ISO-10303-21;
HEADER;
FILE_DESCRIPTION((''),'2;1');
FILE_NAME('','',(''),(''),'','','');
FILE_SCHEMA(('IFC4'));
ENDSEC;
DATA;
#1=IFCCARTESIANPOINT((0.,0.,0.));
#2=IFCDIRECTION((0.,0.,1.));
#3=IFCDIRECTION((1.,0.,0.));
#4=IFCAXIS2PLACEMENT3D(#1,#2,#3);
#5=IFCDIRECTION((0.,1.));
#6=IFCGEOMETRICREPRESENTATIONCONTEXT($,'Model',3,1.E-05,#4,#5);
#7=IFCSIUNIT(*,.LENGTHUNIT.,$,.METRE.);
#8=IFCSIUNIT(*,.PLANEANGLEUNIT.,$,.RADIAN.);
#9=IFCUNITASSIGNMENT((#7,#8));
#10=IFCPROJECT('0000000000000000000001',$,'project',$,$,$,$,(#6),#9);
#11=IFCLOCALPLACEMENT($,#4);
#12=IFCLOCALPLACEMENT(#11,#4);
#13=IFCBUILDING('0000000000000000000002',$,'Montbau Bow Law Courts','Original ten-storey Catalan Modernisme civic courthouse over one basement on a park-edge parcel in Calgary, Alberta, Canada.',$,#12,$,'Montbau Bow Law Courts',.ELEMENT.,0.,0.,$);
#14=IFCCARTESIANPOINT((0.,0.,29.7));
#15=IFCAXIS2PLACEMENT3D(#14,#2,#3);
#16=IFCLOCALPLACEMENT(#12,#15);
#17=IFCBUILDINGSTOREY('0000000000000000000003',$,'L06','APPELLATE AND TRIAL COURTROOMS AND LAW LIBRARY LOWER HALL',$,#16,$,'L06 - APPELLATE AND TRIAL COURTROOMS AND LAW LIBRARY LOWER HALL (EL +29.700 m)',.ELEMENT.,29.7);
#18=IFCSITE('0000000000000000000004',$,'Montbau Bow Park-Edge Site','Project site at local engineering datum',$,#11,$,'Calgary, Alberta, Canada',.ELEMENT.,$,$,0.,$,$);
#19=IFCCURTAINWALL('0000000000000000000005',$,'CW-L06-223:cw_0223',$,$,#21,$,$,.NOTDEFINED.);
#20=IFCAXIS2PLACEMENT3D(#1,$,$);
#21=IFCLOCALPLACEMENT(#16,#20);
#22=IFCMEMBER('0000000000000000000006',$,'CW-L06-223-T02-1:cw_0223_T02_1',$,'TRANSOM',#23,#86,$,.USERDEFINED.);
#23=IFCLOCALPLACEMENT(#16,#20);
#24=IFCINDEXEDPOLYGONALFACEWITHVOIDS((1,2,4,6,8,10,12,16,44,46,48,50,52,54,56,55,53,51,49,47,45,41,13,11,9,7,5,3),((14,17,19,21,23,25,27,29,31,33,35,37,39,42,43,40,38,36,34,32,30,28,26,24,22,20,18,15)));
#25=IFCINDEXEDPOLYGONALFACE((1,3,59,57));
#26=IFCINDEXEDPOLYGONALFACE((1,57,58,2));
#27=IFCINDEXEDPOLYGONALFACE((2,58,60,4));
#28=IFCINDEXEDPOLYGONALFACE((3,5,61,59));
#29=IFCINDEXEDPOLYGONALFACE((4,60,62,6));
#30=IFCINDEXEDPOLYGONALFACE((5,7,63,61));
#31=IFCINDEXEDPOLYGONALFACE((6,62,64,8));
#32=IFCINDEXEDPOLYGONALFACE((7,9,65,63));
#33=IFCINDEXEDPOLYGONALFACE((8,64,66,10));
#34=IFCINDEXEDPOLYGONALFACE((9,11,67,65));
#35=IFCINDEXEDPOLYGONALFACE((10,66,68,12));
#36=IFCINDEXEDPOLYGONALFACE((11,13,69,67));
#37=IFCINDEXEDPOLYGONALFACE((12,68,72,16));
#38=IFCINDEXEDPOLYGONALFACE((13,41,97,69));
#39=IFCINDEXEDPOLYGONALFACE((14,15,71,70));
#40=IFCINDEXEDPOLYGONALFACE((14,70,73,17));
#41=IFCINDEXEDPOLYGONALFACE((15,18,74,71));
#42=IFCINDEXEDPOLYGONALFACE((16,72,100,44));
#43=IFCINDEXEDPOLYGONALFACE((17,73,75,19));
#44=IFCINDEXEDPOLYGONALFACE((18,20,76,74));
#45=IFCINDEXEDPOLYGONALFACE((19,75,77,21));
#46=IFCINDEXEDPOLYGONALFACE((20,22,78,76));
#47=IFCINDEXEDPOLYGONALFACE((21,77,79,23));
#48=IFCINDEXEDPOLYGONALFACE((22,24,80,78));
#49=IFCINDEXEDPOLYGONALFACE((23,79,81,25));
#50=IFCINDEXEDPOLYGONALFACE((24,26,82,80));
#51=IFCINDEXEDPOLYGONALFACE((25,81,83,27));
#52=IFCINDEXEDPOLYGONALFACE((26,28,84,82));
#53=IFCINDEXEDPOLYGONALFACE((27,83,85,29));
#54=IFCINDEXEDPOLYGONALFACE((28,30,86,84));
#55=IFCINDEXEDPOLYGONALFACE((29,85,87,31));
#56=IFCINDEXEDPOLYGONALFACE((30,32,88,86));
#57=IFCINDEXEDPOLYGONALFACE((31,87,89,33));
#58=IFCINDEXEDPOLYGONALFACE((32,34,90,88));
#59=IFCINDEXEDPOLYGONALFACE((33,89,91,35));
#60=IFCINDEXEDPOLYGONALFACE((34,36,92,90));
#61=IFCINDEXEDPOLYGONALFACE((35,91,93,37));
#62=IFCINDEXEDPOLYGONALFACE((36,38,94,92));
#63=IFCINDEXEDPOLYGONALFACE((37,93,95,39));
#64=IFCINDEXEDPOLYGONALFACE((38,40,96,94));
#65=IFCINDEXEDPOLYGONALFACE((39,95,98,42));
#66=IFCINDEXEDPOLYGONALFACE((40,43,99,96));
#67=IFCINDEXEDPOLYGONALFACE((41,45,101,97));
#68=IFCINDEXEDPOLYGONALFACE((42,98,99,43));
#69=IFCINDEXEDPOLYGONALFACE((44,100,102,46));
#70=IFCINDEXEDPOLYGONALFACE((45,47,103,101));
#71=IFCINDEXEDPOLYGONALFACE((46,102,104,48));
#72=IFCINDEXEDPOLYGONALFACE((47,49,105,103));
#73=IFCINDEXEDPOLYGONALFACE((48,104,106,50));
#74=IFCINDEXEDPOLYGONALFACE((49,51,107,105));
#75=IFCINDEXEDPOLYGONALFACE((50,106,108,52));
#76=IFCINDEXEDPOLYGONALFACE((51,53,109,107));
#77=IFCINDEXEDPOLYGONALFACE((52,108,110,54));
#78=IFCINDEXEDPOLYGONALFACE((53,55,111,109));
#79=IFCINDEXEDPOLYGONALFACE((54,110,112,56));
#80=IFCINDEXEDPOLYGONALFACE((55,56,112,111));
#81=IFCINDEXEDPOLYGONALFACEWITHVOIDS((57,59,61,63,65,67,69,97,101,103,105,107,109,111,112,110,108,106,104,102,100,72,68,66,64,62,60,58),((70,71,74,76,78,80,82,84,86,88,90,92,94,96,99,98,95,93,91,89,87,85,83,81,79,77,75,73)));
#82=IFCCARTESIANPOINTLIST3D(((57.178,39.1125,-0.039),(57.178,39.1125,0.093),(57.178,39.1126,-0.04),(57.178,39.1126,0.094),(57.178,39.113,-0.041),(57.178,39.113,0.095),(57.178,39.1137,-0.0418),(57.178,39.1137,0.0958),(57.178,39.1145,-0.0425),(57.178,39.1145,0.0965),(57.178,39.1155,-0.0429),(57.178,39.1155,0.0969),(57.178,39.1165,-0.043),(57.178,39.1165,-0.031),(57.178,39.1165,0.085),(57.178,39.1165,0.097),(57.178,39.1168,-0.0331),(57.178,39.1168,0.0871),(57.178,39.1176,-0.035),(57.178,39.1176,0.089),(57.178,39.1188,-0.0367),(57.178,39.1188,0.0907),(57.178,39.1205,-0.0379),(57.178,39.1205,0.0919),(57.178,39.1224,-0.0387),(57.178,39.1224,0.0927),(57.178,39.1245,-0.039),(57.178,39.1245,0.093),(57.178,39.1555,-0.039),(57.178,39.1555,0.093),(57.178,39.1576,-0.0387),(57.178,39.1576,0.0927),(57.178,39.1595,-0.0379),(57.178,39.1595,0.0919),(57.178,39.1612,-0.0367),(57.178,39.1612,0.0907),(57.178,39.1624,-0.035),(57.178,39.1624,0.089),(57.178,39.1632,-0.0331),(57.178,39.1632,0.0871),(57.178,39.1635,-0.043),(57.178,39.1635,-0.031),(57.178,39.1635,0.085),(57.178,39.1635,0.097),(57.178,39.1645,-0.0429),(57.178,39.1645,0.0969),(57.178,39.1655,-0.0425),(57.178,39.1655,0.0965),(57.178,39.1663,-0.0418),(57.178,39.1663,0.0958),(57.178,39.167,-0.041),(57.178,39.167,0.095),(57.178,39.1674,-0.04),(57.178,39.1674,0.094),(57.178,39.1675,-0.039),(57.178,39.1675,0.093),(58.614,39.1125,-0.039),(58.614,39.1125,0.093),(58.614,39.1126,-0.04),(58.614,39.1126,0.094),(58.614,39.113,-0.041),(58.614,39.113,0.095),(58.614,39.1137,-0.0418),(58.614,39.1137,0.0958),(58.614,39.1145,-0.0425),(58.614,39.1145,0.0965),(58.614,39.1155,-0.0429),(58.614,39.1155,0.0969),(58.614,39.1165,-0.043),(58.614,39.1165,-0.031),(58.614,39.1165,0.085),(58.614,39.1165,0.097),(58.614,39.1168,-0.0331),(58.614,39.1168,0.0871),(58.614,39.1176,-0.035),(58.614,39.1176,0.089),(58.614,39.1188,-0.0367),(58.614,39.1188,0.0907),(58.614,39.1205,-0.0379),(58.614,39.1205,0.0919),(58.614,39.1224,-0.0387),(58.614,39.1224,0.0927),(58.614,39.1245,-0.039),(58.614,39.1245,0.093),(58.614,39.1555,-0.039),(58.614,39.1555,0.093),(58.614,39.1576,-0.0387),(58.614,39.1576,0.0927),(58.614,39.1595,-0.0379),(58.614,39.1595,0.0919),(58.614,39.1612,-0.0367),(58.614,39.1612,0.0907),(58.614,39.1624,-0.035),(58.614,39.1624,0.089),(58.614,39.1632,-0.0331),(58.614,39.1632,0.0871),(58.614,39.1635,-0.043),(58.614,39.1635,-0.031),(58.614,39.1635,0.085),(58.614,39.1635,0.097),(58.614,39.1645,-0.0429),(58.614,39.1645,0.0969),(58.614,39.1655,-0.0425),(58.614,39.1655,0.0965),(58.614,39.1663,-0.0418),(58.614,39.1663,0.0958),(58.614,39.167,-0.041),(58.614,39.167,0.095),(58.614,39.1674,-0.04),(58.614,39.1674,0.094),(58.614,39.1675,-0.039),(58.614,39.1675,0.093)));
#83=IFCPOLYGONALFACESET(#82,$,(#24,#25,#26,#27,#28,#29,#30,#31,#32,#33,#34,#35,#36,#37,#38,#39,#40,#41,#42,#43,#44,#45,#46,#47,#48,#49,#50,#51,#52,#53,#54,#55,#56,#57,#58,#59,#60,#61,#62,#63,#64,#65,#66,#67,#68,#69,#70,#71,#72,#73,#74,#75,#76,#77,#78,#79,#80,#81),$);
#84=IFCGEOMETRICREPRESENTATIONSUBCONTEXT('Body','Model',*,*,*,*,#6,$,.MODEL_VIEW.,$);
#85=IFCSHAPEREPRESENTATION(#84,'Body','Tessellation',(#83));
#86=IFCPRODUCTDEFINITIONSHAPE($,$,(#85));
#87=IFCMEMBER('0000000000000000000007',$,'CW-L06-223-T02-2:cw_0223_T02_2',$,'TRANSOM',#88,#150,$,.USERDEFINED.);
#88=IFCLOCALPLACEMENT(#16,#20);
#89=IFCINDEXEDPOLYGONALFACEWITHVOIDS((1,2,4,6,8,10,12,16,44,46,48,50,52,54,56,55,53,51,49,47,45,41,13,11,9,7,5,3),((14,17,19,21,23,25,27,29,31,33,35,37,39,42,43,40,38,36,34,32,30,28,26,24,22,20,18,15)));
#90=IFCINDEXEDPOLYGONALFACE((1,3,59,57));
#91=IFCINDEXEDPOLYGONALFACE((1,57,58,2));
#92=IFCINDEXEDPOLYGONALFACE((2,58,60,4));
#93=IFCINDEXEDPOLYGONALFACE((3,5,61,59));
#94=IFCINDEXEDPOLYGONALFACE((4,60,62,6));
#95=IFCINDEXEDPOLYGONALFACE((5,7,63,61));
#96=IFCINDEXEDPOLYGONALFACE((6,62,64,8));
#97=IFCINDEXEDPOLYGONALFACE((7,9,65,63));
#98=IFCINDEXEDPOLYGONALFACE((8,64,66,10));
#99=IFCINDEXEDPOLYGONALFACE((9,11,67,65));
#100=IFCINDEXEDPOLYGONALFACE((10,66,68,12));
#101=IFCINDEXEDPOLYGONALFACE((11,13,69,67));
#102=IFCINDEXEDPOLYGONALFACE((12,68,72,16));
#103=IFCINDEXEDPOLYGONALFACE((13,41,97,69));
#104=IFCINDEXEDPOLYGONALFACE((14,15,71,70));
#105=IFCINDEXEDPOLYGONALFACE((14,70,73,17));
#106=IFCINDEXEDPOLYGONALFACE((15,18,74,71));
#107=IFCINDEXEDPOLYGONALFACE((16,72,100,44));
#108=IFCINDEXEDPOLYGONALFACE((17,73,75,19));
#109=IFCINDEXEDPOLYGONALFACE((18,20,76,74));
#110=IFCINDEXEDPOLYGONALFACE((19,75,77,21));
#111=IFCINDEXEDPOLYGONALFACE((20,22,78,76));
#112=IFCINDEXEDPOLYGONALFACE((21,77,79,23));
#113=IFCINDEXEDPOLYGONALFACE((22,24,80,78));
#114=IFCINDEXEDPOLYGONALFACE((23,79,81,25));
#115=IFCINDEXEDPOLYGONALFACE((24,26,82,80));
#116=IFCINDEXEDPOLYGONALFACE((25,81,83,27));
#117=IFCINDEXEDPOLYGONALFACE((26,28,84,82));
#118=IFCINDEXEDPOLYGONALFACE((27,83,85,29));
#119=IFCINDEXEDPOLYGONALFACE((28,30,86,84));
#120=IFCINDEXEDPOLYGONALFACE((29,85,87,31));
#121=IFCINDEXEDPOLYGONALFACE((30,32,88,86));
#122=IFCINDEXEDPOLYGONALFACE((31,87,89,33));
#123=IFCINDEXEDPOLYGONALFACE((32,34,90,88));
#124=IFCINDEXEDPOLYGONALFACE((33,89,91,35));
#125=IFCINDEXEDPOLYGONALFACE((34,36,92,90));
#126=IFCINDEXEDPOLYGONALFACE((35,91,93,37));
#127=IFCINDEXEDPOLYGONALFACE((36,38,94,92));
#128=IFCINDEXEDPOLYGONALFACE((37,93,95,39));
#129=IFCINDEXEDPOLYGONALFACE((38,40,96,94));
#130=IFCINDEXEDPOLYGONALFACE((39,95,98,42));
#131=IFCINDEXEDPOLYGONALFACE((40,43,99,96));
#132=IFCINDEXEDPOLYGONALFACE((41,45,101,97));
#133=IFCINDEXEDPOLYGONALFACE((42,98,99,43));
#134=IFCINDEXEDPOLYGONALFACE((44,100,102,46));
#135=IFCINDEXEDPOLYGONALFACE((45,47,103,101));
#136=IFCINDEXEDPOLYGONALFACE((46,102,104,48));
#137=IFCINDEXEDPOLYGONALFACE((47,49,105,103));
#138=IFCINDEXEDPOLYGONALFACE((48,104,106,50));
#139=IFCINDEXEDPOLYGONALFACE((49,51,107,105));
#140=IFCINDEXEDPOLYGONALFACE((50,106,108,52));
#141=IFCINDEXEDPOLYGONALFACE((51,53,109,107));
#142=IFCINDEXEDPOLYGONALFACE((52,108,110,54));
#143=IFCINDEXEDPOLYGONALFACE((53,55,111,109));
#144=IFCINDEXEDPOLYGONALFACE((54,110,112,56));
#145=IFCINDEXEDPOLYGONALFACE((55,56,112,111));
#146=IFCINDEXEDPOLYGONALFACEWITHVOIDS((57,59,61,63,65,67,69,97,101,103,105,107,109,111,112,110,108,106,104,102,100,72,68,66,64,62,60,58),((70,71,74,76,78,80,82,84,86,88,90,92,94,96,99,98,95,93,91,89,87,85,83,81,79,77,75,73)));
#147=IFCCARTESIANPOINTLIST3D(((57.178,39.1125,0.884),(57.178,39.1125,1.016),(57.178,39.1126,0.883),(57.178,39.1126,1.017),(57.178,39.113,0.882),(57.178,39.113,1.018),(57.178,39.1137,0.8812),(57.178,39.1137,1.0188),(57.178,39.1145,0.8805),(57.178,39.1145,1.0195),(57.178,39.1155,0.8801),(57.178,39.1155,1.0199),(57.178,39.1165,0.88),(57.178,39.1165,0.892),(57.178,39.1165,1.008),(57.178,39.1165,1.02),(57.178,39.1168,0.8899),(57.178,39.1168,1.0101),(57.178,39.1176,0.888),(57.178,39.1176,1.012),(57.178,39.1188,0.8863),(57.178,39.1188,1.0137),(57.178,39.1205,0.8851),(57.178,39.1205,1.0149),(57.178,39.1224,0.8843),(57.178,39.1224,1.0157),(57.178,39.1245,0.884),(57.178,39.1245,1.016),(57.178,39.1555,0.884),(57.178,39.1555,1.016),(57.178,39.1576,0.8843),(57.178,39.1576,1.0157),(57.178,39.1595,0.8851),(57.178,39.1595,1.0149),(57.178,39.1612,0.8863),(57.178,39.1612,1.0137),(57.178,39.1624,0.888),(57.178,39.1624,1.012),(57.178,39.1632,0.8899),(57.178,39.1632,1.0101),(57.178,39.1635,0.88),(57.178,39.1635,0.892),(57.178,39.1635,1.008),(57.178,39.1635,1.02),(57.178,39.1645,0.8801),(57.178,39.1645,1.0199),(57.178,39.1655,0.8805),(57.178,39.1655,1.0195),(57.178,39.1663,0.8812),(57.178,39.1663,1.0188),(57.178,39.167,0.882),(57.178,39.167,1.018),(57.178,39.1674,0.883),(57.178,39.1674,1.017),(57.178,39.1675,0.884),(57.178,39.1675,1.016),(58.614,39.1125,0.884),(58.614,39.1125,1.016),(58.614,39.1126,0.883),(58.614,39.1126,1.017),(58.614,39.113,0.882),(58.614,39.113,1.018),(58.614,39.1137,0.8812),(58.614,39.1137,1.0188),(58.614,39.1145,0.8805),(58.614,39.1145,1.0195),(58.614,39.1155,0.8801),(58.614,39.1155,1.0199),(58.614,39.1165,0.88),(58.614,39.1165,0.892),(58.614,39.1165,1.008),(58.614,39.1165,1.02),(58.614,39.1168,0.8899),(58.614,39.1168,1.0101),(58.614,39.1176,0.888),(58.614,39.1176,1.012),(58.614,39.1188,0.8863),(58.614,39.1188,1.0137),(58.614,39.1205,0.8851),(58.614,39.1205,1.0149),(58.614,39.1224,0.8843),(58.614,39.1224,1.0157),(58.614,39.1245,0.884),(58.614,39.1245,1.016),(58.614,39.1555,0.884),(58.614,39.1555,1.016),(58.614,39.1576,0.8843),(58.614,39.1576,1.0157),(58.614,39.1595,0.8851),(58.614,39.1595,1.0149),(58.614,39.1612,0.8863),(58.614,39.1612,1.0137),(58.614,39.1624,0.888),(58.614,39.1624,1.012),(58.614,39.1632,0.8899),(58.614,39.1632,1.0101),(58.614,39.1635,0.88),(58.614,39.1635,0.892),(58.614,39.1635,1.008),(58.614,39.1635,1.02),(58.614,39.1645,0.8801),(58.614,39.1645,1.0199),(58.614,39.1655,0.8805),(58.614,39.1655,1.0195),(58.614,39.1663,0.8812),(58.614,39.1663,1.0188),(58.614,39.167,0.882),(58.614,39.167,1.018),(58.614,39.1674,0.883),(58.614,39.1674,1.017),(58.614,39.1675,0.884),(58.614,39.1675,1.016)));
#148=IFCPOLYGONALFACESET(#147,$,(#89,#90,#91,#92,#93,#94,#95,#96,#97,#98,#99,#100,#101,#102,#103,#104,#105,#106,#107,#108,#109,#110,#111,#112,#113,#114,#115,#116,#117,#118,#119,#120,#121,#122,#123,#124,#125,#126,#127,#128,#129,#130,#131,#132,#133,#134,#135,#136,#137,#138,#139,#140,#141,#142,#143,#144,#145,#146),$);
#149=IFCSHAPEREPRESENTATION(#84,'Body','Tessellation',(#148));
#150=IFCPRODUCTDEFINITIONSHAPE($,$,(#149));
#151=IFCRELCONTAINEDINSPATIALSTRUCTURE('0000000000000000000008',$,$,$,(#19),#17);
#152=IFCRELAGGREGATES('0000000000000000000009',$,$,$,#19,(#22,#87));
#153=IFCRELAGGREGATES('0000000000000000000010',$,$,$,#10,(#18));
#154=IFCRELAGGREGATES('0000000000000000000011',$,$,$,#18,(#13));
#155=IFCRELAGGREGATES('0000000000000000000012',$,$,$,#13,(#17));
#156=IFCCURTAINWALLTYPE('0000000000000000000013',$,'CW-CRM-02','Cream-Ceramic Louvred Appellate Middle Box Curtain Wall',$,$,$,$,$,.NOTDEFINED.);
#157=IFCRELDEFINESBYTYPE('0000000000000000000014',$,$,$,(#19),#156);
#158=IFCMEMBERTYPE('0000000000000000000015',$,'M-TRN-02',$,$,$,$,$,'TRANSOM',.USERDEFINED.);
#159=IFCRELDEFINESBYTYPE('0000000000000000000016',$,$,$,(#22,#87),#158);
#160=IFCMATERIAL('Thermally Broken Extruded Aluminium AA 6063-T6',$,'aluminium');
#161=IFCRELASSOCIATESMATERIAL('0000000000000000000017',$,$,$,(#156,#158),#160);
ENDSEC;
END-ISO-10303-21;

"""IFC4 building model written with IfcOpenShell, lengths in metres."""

from ifc_helpers import new_model, si_unit, direction, frame, origin_with_axes, origin_2d_with_axis, place, context, subcontext, project, spatial, hollow_rectangle, extrude, material, material_profile, profile_set, type_object, element, aggregate, save


model = new_model("IFC4")

# Units and contexts
model_context = context("Model", 3, precision=1e-05, world=origin_with_axes(), true_north=direction((0.0, 1.0)))
body_context = subcontext(model_context, "Body", "Model", "MODEL_VIEW")
ifc_project = project(units=[si_unit("LENGTHUNIT", "METRE"), si_unit("PLANEANGLEUNIT", "RADIAN")], contexts=[model_context])

# Site, building, storey
site_placement = place(None, origin_with_axes())
site = spatial("IfcSite", under=ifc_project, at=site_placement, Name="Montbau Bow Park-Edge Site", Description="Project site at local engineering datum", LongName="Calgary, Alberta, Canada", CompositionType="ELEMENT", RefElevation=0.0)
building_placement = place(site_placement, origin_with_axes())
building = spatial("IfcBuilding", under=site, at=building_placement, Name="Montbau Bow Law Courts", Description="Original ten-storey Catalan Modernisme civic courthouse over one basement on a park-edge parcel in Calgary, Alberta, Canada.", LongName="Montbau Bow Law Courts", CompositionType="ELEMENT", ElevationOfRefHeight=0.0, ElevationOfTerrain=0.0)
storey_placement = place(building_placement, frame((0.0, 0.0, 29.7), z_axis=(0.0, 0.0, 1.0), x_axis=(1.0, 0.0, 0.0)))
storey = spatial("IfcBuildingStorey", under=building, at=storey_placement, Name="L06", Description="APPELLATE AND TRIAL COURTROOMS AND LAW LIBRARY LOWER HALL", LongName="L06 - APPELLATE AND TRIAL COURTROOMS AND LAW LIBRARY LOWER HALL (EL +29.700 m)", CompositionType="ELEMENT", Elevation=29.7)

# Curtain wall, members
ifc_material_1 = material(Name="Thermally Broken Extruded Aluminium AA 6063-T6", Category="aluminium")
curtain_wall_type = type_object("IfcCurtainWallType", Name="CW-CRM-02", Description="Cream-Ceramic Louvred Appellate Middle Box Curtain Wall", PredefinedType="NOTDEFINED", material=ifc_material_1)
curtain_wall_placement = place(None, frame((55.64, 39.14, 29.7), z_axis=(0.0, 0.0, 1.0), x_axis=(1.0, 0.0, 0.0)))
curtain_wall = element("IfcCurtainWall", 1, at=curtain_wall_placement, inside=storey, type_object=curtain_wall_type, Name="CW-L06-223:cw_0223", PredefinedType="NOTDEFINED")
ifc_material_profile_1 = material_profile(ifc_material_1, hollow_rectangle(XDim=0.055, YDim=0.14, WallThickness=0.004, InnerFilletRadius=0.008, OuterFilletRadius=0.004, at=origin_2d_with_axis()), Name="CWT-140X55", Category="Main", Priority=0)
ifc_profile_set_1 = profile_set([ifc_material_profile_1], Name="Thermally Broken Extruded Aluminium AA 6063-T6")
member_type_1 = type_object("IfcMemberType", Name="M-TRN-02", ElementType="TRANSOM", PredefinedType="USERDEFINED", material=ifc_profile_set_1)
member_1_placement = place(None, frame((57.178, 39.14, 29.727), z_axis=(1.0, 0.0, 0.0), x_axis=(0.0, 1.0, 0.0)))
member_1 = element("IfcMember", 2, at=member_1_placement, type_object=member_type_1, Name="CW-L06-223-T02-1:cw_0223_T02_1", ObjectType="TRANSOM", PredefinedType="USERDEFINED", context=body_context, shape_type="SweptSolid", body=[
    extrude(hollow_rectangle(XDim=0.055, YDim=0.14, WallThickness=0.004, InnerFilletRadius=0.008, OuterFilletRadius=0.004, at=origin_2d_with_axis()), origin_with_axes(), (0.0, 0.0, 1.0), 1.436),
])
member_2_placement = place(None, frame((57.178, 39.14, 30.65), z_axis=(1.0, 0.0, 0.0), x_axis=(0.0, 1.0, 0.0)))
member_2 = element("IfcMember", 3, at=member_2_placement, type_object=member_type_1, Name="CW-L06-223-T02-2:cw_0223_T02_2", ObjectType="TRANSOM", PredefinedType="USERDEFINED", context=body_context, shape_type="SweptSolid", body=[
    extrude(hollow_rectangle(XDim=0.055, YDim=0.14, WallThickness=0.004, InnerFilletRadius=0.008, OuterFilletRadius=0.004, at=origin_2d_with_axis()), origin_with_axes(), (0.0, 0.0, 1.0), 1.436),
])
aggregate(curtain_wall, [member_1, member_2])

save(model, "model.ifc")
